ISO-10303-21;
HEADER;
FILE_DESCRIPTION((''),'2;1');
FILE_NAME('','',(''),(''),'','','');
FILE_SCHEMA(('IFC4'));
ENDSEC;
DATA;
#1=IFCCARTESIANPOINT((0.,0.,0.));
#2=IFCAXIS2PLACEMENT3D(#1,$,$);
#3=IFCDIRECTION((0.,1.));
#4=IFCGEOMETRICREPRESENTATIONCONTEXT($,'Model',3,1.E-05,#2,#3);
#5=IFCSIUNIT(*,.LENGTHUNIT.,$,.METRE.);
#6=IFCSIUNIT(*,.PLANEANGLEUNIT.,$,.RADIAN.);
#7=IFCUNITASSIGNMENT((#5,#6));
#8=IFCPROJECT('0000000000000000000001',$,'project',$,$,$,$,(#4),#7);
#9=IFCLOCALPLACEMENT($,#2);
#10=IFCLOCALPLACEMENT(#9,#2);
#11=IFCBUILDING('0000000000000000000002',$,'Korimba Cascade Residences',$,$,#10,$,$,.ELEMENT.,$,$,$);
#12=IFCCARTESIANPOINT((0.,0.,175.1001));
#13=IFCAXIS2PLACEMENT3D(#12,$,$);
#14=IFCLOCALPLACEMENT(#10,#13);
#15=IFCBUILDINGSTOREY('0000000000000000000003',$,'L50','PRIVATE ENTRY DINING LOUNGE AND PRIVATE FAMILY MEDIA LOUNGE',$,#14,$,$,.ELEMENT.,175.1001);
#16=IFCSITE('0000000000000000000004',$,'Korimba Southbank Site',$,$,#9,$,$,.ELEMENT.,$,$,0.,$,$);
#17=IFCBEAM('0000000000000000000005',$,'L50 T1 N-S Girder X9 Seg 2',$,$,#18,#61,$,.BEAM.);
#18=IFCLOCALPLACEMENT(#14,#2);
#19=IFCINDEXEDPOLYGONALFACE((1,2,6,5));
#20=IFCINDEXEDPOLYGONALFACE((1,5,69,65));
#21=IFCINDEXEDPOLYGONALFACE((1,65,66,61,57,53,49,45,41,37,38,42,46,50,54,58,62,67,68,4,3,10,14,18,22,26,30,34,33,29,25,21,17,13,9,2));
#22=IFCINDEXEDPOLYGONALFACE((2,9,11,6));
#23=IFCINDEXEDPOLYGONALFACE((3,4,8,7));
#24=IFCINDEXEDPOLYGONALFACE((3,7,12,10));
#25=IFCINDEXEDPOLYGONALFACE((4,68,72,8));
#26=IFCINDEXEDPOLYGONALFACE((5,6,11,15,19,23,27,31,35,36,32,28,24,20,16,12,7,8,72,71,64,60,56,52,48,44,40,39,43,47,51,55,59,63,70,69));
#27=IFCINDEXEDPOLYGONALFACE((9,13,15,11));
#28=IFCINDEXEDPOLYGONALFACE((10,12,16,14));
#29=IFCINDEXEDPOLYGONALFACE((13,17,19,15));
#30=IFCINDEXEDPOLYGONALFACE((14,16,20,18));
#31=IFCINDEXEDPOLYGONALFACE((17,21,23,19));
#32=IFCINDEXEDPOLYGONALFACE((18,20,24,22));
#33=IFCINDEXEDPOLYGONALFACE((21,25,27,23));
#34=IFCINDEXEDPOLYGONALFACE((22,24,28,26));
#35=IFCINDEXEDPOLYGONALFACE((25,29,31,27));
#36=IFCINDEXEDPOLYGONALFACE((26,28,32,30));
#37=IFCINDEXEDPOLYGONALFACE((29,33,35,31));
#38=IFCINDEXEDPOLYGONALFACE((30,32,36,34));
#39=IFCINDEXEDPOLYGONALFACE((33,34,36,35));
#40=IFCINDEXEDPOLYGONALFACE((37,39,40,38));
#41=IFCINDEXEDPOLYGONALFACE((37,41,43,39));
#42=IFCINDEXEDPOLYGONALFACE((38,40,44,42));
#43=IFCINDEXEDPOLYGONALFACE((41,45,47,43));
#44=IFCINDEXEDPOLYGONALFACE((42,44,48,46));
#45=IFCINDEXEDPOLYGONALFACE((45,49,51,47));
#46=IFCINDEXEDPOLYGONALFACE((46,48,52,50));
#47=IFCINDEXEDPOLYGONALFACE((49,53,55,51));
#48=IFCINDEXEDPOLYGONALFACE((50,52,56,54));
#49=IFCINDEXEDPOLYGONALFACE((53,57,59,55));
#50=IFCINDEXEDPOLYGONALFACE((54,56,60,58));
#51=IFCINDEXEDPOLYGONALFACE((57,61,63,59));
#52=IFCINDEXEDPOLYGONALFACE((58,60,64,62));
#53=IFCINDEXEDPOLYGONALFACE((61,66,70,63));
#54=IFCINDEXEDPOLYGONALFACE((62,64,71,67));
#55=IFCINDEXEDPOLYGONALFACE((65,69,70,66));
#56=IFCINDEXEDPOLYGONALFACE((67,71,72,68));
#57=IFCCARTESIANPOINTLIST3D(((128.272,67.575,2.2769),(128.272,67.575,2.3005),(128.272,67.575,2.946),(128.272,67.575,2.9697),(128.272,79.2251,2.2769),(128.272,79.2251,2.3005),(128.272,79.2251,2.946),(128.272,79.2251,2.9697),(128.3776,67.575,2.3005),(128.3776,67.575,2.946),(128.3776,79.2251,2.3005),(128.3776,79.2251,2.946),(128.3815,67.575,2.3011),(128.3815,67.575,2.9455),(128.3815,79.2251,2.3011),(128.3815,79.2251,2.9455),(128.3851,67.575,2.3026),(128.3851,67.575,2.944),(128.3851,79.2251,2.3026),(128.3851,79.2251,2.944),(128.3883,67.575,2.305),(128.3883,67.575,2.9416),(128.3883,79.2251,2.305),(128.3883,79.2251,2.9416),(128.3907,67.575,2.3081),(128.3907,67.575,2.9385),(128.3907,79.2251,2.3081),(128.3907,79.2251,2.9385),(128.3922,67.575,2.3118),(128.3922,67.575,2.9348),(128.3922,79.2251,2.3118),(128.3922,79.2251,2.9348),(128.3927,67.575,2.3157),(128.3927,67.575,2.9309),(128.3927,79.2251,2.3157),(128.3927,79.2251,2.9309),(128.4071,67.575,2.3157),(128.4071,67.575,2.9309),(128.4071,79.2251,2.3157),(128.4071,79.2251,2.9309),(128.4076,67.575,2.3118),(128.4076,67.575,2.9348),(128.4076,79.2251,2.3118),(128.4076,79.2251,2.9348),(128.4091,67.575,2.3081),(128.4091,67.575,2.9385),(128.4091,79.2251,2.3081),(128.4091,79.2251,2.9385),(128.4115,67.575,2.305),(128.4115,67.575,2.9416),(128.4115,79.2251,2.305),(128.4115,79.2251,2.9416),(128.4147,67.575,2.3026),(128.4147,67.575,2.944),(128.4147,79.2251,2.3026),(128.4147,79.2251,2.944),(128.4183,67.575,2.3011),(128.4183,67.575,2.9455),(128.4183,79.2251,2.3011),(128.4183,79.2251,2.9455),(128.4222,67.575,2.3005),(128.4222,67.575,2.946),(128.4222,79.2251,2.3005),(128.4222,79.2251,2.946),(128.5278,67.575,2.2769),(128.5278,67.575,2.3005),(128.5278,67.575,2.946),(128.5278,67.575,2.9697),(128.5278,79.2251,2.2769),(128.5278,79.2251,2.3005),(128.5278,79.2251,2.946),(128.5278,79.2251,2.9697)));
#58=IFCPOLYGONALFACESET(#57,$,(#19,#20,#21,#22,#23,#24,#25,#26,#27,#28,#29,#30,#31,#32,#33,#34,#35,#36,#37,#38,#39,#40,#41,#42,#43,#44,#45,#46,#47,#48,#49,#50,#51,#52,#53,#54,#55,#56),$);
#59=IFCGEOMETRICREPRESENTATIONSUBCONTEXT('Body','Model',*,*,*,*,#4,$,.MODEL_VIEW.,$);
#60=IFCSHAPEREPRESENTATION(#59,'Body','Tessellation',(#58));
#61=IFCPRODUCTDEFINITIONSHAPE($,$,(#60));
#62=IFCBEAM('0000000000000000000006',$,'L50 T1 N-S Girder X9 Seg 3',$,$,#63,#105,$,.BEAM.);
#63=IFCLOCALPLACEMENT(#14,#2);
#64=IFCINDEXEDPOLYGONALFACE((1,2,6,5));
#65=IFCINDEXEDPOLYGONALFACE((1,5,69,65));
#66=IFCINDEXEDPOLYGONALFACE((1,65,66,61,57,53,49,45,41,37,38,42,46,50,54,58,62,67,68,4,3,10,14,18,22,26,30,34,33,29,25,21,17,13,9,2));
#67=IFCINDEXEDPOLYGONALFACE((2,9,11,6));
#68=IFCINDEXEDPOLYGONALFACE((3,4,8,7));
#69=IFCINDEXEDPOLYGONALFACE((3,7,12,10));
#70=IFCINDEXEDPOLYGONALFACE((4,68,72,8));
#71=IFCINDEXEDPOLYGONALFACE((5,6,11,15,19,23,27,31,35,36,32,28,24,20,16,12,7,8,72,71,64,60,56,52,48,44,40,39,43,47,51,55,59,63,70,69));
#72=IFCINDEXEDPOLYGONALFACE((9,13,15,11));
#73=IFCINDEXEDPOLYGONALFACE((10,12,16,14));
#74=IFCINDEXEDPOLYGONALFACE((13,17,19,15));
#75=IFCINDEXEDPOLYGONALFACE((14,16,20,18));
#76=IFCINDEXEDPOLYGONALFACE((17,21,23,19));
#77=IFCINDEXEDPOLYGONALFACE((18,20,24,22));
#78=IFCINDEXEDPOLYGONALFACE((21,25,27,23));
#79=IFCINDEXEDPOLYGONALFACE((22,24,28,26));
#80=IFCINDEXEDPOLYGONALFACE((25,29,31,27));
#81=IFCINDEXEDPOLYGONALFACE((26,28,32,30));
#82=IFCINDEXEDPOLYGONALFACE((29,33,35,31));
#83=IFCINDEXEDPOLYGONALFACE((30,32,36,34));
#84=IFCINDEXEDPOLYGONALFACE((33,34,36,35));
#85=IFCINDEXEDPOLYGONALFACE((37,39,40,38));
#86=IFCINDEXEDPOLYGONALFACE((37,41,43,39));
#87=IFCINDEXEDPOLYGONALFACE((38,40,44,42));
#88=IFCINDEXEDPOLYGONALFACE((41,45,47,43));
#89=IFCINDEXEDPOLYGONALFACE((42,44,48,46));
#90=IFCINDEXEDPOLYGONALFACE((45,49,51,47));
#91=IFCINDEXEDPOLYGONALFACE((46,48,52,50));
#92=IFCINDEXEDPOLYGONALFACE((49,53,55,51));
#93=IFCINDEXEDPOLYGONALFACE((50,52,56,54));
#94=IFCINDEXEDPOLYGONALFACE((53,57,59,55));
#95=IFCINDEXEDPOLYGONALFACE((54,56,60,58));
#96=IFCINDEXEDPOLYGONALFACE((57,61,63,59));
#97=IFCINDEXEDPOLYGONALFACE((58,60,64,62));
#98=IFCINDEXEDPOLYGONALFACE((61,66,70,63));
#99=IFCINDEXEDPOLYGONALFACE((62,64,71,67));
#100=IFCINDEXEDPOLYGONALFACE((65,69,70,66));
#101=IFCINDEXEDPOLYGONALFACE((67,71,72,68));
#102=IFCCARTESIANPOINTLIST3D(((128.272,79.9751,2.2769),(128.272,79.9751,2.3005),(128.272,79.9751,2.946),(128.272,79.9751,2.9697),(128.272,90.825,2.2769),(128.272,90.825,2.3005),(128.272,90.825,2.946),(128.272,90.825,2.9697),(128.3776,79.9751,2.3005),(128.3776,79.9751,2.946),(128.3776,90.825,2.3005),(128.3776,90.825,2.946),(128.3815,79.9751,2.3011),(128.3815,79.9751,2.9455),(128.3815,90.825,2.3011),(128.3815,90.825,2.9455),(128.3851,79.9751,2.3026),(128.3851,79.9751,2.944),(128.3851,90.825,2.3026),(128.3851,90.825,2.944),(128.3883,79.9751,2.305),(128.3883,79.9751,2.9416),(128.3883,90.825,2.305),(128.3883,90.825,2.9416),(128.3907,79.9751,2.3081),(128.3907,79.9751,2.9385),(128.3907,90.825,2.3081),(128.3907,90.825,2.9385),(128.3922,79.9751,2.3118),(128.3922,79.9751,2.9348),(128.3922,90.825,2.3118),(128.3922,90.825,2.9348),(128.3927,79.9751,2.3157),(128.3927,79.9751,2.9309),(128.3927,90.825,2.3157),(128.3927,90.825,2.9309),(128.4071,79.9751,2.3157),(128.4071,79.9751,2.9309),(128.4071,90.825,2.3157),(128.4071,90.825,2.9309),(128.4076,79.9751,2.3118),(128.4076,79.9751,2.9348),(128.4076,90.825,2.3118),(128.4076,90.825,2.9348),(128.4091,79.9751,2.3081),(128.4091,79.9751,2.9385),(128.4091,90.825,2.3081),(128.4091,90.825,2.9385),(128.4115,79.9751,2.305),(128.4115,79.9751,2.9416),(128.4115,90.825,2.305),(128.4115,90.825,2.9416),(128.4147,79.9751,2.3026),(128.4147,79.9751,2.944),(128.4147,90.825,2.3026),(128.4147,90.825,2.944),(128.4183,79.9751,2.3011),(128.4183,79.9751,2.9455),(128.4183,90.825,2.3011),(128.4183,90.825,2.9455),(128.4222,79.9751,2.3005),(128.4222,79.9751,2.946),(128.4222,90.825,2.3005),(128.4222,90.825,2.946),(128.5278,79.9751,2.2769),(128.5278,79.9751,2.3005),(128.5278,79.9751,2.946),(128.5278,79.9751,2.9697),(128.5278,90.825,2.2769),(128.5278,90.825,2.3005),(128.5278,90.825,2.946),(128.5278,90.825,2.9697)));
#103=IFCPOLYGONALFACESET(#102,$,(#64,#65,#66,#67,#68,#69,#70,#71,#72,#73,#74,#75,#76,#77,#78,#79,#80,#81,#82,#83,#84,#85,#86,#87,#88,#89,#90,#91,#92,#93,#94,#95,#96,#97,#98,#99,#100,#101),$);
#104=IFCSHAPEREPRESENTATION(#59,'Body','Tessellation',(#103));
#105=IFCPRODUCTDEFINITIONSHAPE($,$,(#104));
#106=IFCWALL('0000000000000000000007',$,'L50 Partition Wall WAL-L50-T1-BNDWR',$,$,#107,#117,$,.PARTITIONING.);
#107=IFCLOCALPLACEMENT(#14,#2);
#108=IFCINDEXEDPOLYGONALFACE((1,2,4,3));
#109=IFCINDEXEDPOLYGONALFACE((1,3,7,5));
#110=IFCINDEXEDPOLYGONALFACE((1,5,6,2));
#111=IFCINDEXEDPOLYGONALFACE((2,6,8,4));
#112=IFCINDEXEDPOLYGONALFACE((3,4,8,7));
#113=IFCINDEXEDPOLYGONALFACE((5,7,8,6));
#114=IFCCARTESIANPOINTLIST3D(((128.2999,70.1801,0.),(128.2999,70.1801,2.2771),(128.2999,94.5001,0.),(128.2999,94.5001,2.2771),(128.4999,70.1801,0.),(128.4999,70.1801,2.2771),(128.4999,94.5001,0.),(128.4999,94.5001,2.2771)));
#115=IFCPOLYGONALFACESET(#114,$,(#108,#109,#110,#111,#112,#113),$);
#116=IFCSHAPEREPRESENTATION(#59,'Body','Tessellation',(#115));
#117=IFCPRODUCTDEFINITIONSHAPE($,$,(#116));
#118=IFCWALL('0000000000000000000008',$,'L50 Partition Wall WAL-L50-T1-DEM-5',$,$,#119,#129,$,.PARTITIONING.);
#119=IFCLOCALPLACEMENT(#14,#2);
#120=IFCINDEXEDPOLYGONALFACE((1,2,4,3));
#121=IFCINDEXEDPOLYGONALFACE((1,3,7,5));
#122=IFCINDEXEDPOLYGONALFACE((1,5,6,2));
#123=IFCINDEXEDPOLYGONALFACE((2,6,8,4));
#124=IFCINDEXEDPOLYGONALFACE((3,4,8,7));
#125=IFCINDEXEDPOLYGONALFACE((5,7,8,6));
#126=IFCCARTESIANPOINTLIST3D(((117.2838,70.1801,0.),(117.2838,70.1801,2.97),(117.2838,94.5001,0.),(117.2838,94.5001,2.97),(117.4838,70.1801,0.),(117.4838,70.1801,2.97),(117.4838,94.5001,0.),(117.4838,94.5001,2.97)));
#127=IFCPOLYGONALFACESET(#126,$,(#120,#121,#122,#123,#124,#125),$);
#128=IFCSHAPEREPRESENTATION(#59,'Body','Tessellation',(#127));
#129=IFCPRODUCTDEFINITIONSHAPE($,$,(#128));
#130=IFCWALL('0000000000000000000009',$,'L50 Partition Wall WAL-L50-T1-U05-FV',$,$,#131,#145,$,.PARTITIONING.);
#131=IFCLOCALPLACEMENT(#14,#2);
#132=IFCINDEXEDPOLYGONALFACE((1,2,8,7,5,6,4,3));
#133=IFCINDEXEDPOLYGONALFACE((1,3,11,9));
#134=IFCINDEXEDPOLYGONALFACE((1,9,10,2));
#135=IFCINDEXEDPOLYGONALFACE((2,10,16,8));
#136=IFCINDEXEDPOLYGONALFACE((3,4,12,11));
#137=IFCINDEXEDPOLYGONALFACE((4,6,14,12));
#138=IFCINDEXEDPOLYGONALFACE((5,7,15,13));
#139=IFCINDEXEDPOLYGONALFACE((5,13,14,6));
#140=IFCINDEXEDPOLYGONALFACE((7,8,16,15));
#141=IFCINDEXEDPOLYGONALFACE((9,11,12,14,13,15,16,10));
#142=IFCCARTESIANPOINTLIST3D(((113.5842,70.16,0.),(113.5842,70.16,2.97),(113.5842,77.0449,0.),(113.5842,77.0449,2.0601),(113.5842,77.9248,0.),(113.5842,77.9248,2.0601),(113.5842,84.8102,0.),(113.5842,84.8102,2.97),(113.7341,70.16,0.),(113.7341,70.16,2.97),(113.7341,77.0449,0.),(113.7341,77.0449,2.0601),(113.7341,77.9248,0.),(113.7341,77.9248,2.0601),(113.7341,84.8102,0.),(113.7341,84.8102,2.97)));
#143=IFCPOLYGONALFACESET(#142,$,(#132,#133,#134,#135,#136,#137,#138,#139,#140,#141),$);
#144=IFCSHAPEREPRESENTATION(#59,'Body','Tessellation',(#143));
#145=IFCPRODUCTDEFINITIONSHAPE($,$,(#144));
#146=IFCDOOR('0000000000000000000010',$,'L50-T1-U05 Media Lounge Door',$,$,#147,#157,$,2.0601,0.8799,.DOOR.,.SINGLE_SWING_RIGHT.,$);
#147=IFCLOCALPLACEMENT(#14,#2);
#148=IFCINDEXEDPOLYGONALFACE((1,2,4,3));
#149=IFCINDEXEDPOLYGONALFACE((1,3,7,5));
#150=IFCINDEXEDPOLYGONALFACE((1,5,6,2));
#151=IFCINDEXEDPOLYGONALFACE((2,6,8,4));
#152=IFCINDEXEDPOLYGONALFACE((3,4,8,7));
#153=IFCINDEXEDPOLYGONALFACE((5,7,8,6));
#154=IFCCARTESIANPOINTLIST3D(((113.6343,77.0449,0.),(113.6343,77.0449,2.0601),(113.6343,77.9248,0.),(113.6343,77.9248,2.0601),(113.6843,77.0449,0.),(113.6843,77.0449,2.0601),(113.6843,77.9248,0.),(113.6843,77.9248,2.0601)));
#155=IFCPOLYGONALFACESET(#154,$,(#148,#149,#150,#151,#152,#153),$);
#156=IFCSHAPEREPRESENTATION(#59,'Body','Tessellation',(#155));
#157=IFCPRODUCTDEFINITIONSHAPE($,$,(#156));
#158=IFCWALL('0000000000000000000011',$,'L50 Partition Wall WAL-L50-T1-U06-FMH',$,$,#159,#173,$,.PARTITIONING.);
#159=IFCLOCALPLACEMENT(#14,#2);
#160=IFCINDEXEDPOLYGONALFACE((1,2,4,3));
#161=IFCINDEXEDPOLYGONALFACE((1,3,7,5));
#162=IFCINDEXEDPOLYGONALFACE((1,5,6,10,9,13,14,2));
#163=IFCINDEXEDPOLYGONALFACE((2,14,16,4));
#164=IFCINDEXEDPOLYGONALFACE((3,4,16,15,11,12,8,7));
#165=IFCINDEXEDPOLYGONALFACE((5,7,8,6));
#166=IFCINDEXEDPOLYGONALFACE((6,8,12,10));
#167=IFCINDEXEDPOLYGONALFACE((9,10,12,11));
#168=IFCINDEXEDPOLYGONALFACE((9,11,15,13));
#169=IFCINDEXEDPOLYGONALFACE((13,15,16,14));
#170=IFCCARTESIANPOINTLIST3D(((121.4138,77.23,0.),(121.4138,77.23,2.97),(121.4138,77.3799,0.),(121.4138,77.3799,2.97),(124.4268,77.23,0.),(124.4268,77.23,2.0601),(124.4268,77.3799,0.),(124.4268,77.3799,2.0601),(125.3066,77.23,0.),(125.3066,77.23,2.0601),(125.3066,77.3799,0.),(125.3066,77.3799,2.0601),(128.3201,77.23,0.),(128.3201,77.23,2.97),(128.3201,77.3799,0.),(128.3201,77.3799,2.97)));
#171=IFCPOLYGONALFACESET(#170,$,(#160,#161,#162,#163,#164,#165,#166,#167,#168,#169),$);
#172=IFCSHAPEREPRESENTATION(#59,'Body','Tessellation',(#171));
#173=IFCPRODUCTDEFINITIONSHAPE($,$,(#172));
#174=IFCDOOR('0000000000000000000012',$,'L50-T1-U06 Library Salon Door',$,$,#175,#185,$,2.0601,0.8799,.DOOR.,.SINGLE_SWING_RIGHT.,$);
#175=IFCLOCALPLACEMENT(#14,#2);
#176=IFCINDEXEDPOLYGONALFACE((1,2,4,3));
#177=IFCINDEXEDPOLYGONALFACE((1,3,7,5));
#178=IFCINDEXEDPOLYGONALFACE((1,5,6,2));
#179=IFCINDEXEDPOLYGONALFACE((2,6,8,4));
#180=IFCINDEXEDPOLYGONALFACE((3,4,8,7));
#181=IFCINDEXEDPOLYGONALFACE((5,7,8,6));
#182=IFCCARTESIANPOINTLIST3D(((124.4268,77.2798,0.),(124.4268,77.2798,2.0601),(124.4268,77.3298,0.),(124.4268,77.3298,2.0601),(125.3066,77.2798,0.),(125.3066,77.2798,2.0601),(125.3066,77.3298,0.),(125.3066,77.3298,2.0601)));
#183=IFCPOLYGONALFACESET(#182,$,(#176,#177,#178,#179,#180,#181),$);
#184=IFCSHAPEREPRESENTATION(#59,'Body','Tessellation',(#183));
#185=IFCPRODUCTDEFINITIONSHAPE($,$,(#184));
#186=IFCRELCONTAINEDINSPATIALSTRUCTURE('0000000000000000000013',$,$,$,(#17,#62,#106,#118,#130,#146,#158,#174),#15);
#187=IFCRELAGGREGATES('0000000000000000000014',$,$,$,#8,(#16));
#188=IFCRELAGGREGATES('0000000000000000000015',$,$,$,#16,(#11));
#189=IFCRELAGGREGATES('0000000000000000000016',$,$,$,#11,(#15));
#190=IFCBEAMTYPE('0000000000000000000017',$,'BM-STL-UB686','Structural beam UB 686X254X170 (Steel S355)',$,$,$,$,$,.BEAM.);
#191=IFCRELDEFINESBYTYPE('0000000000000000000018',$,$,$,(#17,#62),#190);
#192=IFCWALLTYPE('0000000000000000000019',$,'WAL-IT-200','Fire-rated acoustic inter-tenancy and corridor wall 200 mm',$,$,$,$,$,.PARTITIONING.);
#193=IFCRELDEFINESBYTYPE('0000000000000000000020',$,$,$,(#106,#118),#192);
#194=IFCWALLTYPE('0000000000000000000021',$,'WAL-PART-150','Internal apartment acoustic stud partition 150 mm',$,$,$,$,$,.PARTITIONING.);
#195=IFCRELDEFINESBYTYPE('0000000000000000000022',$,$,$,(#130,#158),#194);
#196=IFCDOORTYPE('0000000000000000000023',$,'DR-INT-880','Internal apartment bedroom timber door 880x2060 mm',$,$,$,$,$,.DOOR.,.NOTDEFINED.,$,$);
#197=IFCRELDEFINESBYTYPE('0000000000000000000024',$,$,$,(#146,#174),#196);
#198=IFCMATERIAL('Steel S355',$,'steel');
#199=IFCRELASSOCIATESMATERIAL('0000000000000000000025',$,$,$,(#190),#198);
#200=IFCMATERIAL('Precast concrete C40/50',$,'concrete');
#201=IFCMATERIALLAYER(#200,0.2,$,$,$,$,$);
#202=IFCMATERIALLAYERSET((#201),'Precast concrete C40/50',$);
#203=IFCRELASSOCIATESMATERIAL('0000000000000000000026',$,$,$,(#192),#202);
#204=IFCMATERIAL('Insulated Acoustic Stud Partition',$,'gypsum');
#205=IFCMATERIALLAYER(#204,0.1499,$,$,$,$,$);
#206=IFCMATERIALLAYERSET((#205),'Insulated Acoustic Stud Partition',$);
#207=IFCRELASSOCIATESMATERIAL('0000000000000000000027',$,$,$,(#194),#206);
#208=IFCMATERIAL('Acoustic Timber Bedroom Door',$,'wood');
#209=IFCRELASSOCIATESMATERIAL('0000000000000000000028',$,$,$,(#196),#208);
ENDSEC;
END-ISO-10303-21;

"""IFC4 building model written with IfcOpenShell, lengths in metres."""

from ifc_helpers import new_model, si_unit, direction, frame, frame_2d, origin, origin_2d, place, context, subcontext, project, spatial, rectangle, i_section, extrude, material, layer, layer_set, material_profile, profile_set, type_object, element, fill, save


model = new_model("IFC4")

# Units and contexts
model_context = context("Model", 3, precision=1e-05, world=origin(), true_north=direction((0.0, 1.0)))
body_context = subcontext(model_context, "Body", "Model", "MODEL_VIEW")
ifc_project = project(units=[si_unit("LENGTHUNIT", "METRE"), si_unit("PLANEANGLEUNIT", "RADIAN")], contexts=[model_context])

# Site, building, storey
site_placement = place(None, origin())
site = spatial("IfcSite", under=ifc_project, at=site_placement, Name="Korimba Southbank Site", CompositionType="ELEMENT", RefElevation=0.0)
building_placement = place(site_placement, origin())
building = spatial("IfcBuilding", under=site, at=building_placement, Name="Korimba Cascade Residences", CompositionType="ELEMENT")
storey_placement = place(building_placement, frame((0.0, 0.0, 175.1001)))
storey = spatial("IfcBuildingStorey", under=building, at=storey_placement, Name="L50", Description="PRIVATE ENTRY DINING LOUNGE AND PRIVATE FAMILY MEDIA LOUNGE", CompositionType="ELEMENT", Elevation=175.1001)

# Beams
ifc_material_1 = material(Name="Steel S355", Category="steel")
ifc_material_profile_1 = material_profile(ifc_material_1, i_section(OverallWidth=0.2559, OverallDepth=0.6929, WebThickness=0.0144, FlangeThickness=0.0237, FilletRadius=0.0151, at=origin_2d()), Name="Steel S355")
ifc_profile_set_1 = profile_set([ifc_material_profile_1], Name="Steel S355")
beam_type_1 = type_object("IfcBeamType", Name="BM-STL-UB686", Description="Structural beam UB 686X254X170 (Steel S355)", PredefinedType="BEAM", material=ifc_profile_set_1)
beam_1_placement = place(storey_placement, frame((128.3999, 67.575, 2.6233), z_axis=(0.0, 1.0, 0.0), x_axis=(-1.0, 0.0, 0.0)))
element("IfcBeam", 1, at=beam_1_placement, inside=storey, type_object=beam_type_1, Name="L50 T1 N-S Girder X9 Seg 2", PredefinedType="BEAM", context=body_context, shape_type="SweptSolid", body=[
    extrude(i_section(OverallWidth=0.2559, OverallDepth=0.6929, WebThickness=0.0144, FlangeThickness=0.0237, FilletRadius=0.0151, at=origin_2d()), origin(), (0.0, 0.0, 1.0), 11.6501),
])
beam_2_placement = place(storey_placement, frame((128.3999, 79.9751, 2.6233), z_axis=(0.0, 1.0, 0.0), x_axis=(-1.0, 0.0, 0.0)))
element("IfcBeam", 2, at=beam_2_placement, inside=storey, type_object=beam_type_1, Name="L50 T1 N-S Girder X9 Seg 3", PredefinedType="BEAM", context=body_context, shape_type="SweptSolid", body=[
    extrude(i_section(OverallWidth=0.2559, OverallDepth=0.6929, WebThickness=0.0144, FlangeThickness=0.0237, FilletRadius=0.0151, at=origin_2d()), origin(), (0.0, 0.0, 1.0), 10.8499),
])

# Walls
ifc_material_2 = material(Name="Precast concrete C40/50", Category="concrete")
ifc_layer_1 = layer(ifc_material_2, 0.2)
ifc_layer_set_1 = layer_set([ifc_layer_1], Name="Precast concrete C40/50")
wall_type_1 = type_object("IfcWallType", Name="WAL-IT-200", Description="Fire-rated acoustic inter-tenancy and corridor wall 200 mm", PredefinedType="PARTITIONING", material=ifc_layer_set_1)
wall_1_placement = place(storey_placement, frame((128.3999, 70.1799, 0.0), z_axis=(0.0, 0.0, 1.0), x_axis=(0.0, 1.0, 0.0)))
element("IfcWall", 3, at=wall_1_placement, inside=storey, type_object=wall_type_1, Name="L50 Partition Wall WAL-L50-T1-BNDWR", PredefinedType="PARTITIONING", context=body_context, shape_type="SweptSolid", body=[
    extrude(rectangle(XDim=24.3201, YDim=0.2, at=frame_2d((12.1602, 0.0))), origin(), (0.0, 0.0, 1.0), 2.2771),
])
wall_2_placement = place(storey_placement, frame((117.3838, 70.1799, 0.0), z_axis=(0.0, 0.0, 1.0), x_axis=(0.0, 1.0, 0.0)))
element("IfcWall", 4, at=wall_2_placement, inside=storey, type_object=wall_type_1, Name="L50 Partition Wall WAL-L50-T1-DEM-5", PredefinedType="PARTITIONING", context=body_context, shape_type="SweptSolid", body=[
    extrude(rectangle(XDim=24.3201, YDim=0.2, at=frame_2d((12.1602, 0.0))), origin(), (0.0, 0.0, 1.0), 2.97),
])

# Walls, openings, doors
ifc_material_3 = material(Name="Insulated Acoustic Stud Partition", Category="gypsum")
ifc_layer_2 = layer(ifc_material_3, 0.1499)
ifc_layer_set_2 = layer_set([ifc_layer_2], Name="Insulated Acoustic Stud Partition")
wall_type_2 = type_object("IfcWallType", Name="WAL-PART-150", Description="Internal apartment acoustic stud partition 150 mm", PredefinedType="PARTITIONING", material=ifc_layer_set_2)
wall_3_placement = place(storey_placement, frame((113.6592, 70.1599, 0.0), z_axis=(0.0, 0.0, 1.0), x_axis=(0.0, 1.0, 0.0)))
wall_3 = element("IfcWall", 5, at=wall_3_placement, inside=storey, type_object=wall_type_2, Name="L50 Partition Wall WAL-L50-T1-U05-FV", PredefinedType="PARTITIONING", context=body_context, shape_type="SweptSolid", body=[
    extrude(rectangle(XDim=14.6501, YDim=0.1499, at=frame_2d((7.3252, 0.0))), origin(), (0.0, 0.0, 1.0), 2.97),
])
opening_1_placement = place(wall_3_placement, frame((6.885, 0.0, 0.0)))
opening_1 = element("IfcOpeningElement", 6, at=opening_1_placement, cuts=wall_3, PredefinedType="OPENING", context=body_context, shape_type="SweptSolid", body=[
    extrude(rectangle(XDim=0.8799, YDim=2.0601, at=frame_2d((0.4399, 1.03))), frame((0.0, 0.085, 0.0), z_axis=(0.0, -1.0, 0.0), x_axis=(1.0, 0.0, 0.0)), (0.0, 0.0, 1.0), 0.1699),
])
ifc_material_4 = material(Name="Acoustic Timber Bedroom Door", Category="wood")
door_type_1 = type_object("IfcDoorType", Name="DR-INT-880", Description="Internal apartment bedroom timber door 880x2060 mm", OperationType="NOTDEFINED", PredefinedType="DOOR", material=ifc_material_4)
door_1_placement = place(opening_1_placement, origin())
door_1 = element("IfcDoor", 7, at=door_1_placement, inside=storey, type_object=door_type_1, Name="L50-T1-U05 Media Lounge Door", OperationType="SINGLE_SWING_RIGHT", OverallHeight=2.0601, OverallWidth=0.8799, PredefinedType="DOOR", context=body_context, shape_type="SweptSolid", body=[
    extrude(rectangle(XDim=0.8799, YDim=2.0601, at=frame_2d((0.4399, 1.03))), frame((0.0, 0.0249, 0.0), z_axis=(0.0, -1.0, 0.0), x_axis=(1.0, 0.0, 0.0)), (0.0, 0.0, 1.0), 0.05),
])
fill(opening_1, door_1)
wall_4_placement = place(storey_placement, frame((121.4138, 77.3049, 0.0), z_axis=(0.0, 0.0, 1.0), x_axis=(1.0, 0.0, 0.0)))
wall_4 = element("IfcWall", 8, at=wall_4_placement, inside=storey, type_object=wall_type_2, Name="L50 Partition Wall WAL-L50-T1-U06-FMH", PredefinedType="PARTITIONING", context=body_context, shape_type="SweptSolid", body=[
    extrude(rectangle(XDim=6.9062, YDim=0.1499, at=frame_2d((3.4531, 0.0))), origin(), (0.0, 0.0, 1.0), 2.97),
])
opening_2_placement = place(wall_4_placement, frame((3.0129, 0.0, 0.0)))
opening_2 = element("IfcOpeningElement", 9, at=opening_2_placement, cuts=wall_4, PredefinedType="OPENING", context=body_context, shape_type="SweptSolid", body=[
    extrude(rectangle(XDim=0.8799, YDim=2.0601, at=frame_2d((0.4399, 1.03))), frame((0.0, 0.085, 0.0), z_axis=(0.0, -1.0, 0.0), x_axis=(1.0, 0.0, 0.0)), (0.0, 0.0, 1.0), 0.1699),
])
door_2_placement = place(opening_2_placement, origin())
door_2 = element("IfcDoor", 10, at=door_2_placement, inside=storey, type_object=door_type_1, Name="L50-T1-U06 Library Salon Door", OperationType="SINGLE_SWING_RIGHT", OverallHeight=2.0601, OverallWidth=0.8799, PredefinedType="DOOR", context=body_context, shape_type="SweptSolid", body=[
    extrude(rectangle(XDim=0.8799, YDim=2.0601, at=frame_2d((0.4399, 1.03))), frame((0.0, 0.0249, 0.0), z_axis=(0.0, -1.0, 0.0), x_axis=(1.0, 0.0, 0.0)), (0.0, 0.0, 1.0), 0.05),
])
fill(opening_2, door_2)

save(model, "model.ifc")
